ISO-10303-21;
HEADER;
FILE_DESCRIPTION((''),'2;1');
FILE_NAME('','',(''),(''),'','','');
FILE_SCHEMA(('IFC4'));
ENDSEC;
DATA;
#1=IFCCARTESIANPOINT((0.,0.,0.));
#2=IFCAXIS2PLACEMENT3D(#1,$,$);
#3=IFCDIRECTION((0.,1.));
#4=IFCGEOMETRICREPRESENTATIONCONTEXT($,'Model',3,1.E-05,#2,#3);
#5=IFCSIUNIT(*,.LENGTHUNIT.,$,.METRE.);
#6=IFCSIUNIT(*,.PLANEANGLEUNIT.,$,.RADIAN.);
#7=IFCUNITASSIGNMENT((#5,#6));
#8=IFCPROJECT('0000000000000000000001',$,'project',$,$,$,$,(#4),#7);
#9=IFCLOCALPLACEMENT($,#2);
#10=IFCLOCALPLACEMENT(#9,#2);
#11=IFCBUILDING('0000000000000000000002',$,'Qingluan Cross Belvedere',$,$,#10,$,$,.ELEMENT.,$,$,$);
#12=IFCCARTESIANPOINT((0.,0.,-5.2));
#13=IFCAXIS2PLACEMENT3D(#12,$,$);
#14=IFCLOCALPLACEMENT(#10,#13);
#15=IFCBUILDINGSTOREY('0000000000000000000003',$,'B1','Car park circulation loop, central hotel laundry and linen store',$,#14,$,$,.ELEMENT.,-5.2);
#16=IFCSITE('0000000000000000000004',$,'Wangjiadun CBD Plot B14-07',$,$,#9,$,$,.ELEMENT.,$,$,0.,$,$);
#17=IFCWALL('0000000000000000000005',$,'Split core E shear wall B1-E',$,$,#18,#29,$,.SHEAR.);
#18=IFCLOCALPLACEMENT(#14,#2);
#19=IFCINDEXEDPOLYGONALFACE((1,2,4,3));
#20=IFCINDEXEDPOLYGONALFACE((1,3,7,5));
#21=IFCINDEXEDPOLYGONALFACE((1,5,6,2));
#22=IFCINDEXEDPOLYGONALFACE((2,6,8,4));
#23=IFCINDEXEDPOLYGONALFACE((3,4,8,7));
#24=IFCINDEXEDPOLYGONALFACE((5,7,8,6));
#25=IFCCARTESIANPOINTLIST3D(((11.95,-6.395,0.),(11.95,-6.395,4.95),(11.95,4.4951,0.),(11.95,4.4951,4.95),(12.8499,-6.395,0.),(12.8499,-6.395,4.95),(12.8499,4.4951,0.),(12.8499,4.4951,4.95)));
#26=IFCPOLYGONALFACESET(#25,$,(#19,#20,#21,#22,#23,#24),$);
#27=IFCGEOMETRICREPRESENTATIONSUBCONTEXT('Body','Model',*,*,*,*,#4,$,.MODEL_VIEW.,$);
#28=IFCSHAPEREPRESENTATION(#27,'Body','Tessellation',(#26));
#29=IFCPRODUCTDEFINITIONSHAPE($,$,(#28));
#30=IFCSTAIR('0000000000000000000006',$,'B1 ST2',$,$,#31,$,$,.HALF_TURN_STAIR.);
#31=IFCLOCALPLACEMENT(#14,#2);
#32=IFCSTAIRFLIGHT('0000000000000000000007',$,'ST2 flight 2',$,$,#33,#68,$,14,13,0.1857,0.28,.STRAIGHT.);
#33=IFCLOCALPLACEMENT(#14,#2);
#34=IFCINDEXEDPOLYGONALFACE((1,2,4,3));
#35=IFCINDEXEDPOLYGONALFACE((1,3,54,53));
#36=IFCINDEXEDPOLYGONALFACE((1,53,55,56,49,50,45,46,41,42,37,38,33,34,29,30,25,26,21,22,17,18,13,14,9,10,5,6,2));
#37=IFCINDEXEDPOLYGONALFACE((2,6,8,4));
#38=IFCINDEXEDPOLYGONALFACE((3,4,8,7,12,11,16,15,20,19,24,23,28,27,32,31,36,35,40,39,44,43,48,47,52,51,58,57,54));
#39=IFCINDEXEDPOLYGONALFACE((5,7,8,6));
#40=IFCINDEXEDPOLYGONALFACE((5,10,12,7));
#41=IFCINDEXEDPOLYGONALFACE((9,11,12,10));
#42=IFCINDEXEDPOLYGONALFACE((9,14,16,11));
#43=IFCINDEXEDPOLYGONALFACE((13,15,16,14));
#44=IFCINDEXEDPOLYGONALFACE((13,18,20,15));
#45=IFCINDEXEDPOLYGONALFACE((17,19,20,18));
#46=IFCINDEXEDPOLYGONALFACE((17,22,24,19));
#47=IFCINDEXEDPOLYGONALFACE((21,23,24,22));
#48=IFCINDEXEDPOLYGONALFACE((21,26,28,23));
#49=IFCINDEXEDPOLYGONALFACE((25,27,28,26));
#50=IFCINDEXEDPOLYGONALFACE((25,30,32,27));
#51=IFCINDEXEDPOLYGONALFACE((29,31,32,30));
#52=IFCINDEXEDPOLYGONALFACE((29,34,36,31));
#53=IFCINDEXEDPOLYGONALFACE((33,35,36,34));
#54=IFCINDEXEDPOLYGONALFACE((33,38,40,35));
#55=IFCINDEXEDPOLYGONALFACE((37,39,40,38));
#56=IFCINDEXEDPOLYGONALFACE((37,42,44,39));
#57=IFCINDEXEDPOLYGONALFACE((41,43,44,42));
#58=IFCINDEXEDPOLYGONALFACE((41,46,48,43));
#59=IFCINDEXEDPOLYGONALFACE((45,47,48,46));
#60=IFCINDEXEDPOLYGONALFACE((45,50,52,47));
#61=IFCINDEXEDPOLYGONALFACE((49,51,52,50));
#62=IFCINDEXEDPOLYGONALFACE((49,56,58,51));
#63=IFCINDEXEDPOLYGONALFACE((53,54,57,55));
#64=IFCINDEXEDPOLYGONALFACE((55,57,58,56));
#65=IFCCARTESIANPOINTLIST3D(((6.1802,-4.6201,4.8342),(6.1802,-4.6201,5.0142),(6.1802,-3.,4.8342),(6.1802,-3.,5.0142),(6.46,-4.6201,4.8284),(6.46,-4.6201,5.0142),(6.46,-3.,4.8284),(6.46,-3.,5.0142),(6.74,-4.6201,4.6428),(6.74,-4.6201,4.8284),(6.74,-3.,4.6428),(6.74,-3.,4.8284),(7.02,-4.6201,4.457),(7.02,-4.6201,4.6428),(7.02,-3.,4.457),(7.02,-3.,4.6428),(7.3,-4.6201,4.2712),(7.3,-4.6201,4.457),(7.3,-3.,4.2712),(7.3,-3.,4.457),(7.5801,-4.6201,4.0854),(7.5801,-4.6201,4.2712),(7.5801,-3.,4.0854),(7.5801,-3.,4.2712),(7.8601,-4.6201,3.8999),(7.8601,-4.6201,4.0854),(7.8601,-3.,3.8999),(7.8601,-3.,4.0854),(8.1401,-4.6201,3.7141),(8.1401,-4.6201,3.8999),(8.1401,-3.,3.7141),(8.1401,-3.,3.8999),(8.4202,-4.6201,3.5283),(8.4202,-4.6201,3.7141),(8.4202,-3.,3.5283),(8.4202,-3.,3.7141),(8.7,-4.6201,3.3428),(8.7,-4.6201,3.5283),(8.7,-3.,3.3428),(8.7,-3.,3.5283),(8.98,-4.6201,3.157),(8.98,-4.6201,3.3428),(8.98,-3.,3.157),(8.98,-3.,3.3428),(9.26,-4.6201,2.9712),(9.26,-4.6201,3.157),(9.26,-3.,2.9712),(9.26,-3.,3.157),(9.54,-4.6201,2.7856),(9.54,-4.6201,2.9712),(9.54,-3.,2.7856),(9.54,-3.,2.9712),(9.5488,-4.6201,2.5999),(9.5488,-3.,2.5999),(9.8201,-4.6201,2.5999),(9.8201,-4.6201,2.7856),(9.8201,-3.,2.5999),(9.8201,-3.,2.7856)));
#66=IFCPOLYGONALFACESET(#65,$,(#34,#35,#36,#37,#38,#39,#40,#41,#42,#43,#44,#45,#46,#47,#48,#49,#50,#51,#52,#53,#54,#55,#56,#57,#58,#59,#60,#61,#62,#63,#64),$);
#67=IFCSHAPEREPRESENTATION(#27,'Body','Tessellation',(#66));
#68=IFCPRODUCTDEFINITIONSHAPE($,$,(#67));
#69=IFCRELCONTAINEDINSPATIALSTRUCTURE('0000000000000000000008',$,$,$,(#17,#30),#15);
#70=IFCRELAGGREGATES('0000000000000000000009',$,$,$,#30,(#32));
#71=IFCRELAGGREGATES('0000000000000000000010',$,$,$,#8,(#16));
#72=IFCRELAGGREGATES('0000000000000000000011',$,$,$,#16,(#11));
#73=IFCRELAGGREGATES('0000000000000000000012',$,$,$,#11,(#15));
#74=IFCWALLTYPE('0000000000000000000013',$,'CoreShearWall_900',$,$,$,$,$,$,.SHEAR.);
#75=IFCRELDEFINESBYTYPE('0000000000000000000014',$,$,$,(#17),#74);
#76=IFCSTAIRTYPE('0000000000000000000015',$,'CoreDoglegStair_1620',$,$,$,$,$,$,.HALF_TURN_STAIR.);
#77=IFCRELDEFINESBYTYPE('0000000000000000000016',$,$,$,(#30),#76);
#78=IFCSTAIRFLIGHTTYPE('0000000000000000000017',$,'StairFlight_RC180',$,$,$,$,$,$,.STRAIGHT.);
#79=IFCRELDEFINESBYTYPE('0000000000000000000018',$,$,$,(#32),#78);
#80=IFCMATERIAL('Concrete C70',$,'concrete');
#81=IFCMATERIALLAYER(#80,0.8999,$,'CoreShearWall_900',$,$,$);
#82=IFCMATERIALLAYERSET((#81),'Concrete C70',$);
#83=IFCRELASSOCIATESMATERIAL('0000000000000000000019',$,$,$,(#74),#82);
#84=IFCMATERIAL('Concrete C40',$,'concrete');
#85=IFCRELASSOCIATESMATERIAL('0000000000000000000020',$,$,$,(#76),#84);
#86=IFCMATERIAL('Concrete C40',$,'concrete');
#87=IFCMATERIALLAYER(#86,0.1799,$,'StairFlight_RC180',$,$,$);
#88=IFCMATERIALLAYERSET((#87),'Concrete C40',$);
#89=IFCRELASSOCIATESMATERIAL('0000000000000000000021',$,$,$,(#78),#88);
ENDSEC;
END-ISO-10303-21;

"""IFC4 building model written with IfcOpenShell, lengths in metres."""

from ifc_helpers import new_model, si_unit, direction, frame, frame_2d, origin, place, context, subcontext, project, spatial, polyline, rectangle, outline, extrude, material, layer, layer_set, type_object, element, aggregate, save


model = new_model("IFC4")

# Units and contexts
model_context = context("Model", 3, precision=1e-05, world=origin(), true_north=direction((0.0, 1.0)))
body_context = subcontext(model_context, "Body", "Model", "MODEL_VIEW")
ifc_project = project(units=[si_unit("LENGTHUNIT", "METRE"), si_unit("PLANEANGLEUNIT", "RADIAN")], contexts=[model_context])

# Site, building, storey
site_placement = place(None, origin())
site = spatial("IfcSite", under=ifc_project, at=site_placement, Name="Wangjiadun CBD Plot B14-07", CompositionType="ELEMENT", RefElevation=0.0)
building_placement = place(site_placement, origin())
building = spatial("IfcBuilding", under=site, at=building_placement, Name="Qingluan Cross Belvedere", CompositionType="ELEMENT")
storey_placement = place(building_placement, frame((0.0, 0.0, -5.2)))
storey = spatial("IfcBuildingStorey", under=building, at=storey_placement, Name="B1", Description="Car park circulation loop, central hotel laundry and linen store", CompositionType="ELEMENT", Elevation=-5.2)

# Wall
ifc_material_1 = material(Name="Concrete C70", Category="concrete")
ifc_layer_1 = layer(ifc_material_1, 0.8999, Name="CoreShearWall_900")
ifc_layer_set_1 = layer_set([ifc_layer_1], Name="Concrete C70")
wall_type_1 = type_object("IfcWallType", Name="CoreShearWall_900", PredefinedType="SHEAR", material=ifc_layer_set_1)
wall_1_placement = place(storey_placement, frame((12.3999, -6.395, 0.0), z_axis=(0.0, 0.0, 1.0), x_axis=(0.0, 1.0, 0.0)))
element("IfcWall", 1, at=wall_1_placement, inside=storey, type_object=wall_type_1, Name="Split core E shear wall B1-E", PredefinedType="SHEAR", context=body_context, shape_type="SweptSolid", body=[
    extrude(rectangle(XDim=10.8901, YDim=0.8999, at=frame_2d((5.4451, 0.0))), origin(), (0.0, 0.0, 1.0), 4.95),
])

# Stair, stair flight
ifc_material_2 = material(Name="Concrete C40", Category="concrete")
stair_type = type_object("IfcStairType", Name="CoreDoglegStair_1620", PredefinedType="HALF_TURN_STAIR", material=ifc_material_2)
stair_placement = place(storey_placement, origin())
stair = element("IfcStair", 2, at=stair_placement, inside=storey, type_object=stair_type, Name="B1 ST2", PredefinedType="HALF_TURN_STAIR")
ifc_material_3 = material(Name="Concrete C40", Category="concrete")
ifc_layer_2 = layer(ifc_material_3, 0.1799, Name="StairFlight_RC180")
ifc_layer_set_2 = layer_set([ifc_layer_2], Name="Concrete C40")
stair_flight_type = type_object("IfcStairFlightType", Name="StairFlight_RC180", PredefinedType="STRAIGHT", material=ifc_layer_set_2)
stair_flight_placement = place(storey_placement, frame((9.8201, -3.8101, 2.5999), z_axis=(0.0, 0.0, 1.0), x_axis=(-1.0, 0.0, 0.0)))
stair_flight = element("IfcStairFlight", 3, at=stair_flight_placement, type_object=stair_flight_type, Name="ST2 flight 2", NumberOfRisers=14, NumberOfTreads=13, PredefinedType="STRAIGHT", RiserHeight=0.1857, TreadLength=0.28, context=body_context, shape_type="SweptSolid", body=[
    extrude(outline(polyline([(0.0, 0.0), (0.0, 0.1858), (0.28, 0.1858), (0.28, 0.3713), (0.5601, 0.3713), (0.5601, 0.5571), (0.8401, 0.5571), (0.8401, 0.7429), (1.1201, 0.7429), (1.1201, 0.9285), (1.3999, 0.9285), (1.3999, 1.1143), (1.6799, 1.1143), (1.6799, 1.3), (1.96, 1.3), (1.96, 1.4856), (2.24, 1.4856), (2.24, 1.6714), (2.52, 1.6714), (2.52, 1.8572), (2.8, 1.8572), (2.8, 2.043), (3.0801, 2.043), (3.0801, 2.2285), (3.3601, 2.2285), (3.3601, 2.4143), (3.6399, 2.4143), (3.6399, 2.6001), (3.6399, 2.2344), (0.2712, 0.0), (0.0, 0.0)])), frame((0.0, 0.8101, 0.0), z_axis=(0.0, -1.0, 0.0), x_axis=(1.0, 0.0, 0.0)), (0.0, 0.0, 1.0), 1.6201),
])
aggregate(stair, [stair_flight])

save(model, "model.ifc")
